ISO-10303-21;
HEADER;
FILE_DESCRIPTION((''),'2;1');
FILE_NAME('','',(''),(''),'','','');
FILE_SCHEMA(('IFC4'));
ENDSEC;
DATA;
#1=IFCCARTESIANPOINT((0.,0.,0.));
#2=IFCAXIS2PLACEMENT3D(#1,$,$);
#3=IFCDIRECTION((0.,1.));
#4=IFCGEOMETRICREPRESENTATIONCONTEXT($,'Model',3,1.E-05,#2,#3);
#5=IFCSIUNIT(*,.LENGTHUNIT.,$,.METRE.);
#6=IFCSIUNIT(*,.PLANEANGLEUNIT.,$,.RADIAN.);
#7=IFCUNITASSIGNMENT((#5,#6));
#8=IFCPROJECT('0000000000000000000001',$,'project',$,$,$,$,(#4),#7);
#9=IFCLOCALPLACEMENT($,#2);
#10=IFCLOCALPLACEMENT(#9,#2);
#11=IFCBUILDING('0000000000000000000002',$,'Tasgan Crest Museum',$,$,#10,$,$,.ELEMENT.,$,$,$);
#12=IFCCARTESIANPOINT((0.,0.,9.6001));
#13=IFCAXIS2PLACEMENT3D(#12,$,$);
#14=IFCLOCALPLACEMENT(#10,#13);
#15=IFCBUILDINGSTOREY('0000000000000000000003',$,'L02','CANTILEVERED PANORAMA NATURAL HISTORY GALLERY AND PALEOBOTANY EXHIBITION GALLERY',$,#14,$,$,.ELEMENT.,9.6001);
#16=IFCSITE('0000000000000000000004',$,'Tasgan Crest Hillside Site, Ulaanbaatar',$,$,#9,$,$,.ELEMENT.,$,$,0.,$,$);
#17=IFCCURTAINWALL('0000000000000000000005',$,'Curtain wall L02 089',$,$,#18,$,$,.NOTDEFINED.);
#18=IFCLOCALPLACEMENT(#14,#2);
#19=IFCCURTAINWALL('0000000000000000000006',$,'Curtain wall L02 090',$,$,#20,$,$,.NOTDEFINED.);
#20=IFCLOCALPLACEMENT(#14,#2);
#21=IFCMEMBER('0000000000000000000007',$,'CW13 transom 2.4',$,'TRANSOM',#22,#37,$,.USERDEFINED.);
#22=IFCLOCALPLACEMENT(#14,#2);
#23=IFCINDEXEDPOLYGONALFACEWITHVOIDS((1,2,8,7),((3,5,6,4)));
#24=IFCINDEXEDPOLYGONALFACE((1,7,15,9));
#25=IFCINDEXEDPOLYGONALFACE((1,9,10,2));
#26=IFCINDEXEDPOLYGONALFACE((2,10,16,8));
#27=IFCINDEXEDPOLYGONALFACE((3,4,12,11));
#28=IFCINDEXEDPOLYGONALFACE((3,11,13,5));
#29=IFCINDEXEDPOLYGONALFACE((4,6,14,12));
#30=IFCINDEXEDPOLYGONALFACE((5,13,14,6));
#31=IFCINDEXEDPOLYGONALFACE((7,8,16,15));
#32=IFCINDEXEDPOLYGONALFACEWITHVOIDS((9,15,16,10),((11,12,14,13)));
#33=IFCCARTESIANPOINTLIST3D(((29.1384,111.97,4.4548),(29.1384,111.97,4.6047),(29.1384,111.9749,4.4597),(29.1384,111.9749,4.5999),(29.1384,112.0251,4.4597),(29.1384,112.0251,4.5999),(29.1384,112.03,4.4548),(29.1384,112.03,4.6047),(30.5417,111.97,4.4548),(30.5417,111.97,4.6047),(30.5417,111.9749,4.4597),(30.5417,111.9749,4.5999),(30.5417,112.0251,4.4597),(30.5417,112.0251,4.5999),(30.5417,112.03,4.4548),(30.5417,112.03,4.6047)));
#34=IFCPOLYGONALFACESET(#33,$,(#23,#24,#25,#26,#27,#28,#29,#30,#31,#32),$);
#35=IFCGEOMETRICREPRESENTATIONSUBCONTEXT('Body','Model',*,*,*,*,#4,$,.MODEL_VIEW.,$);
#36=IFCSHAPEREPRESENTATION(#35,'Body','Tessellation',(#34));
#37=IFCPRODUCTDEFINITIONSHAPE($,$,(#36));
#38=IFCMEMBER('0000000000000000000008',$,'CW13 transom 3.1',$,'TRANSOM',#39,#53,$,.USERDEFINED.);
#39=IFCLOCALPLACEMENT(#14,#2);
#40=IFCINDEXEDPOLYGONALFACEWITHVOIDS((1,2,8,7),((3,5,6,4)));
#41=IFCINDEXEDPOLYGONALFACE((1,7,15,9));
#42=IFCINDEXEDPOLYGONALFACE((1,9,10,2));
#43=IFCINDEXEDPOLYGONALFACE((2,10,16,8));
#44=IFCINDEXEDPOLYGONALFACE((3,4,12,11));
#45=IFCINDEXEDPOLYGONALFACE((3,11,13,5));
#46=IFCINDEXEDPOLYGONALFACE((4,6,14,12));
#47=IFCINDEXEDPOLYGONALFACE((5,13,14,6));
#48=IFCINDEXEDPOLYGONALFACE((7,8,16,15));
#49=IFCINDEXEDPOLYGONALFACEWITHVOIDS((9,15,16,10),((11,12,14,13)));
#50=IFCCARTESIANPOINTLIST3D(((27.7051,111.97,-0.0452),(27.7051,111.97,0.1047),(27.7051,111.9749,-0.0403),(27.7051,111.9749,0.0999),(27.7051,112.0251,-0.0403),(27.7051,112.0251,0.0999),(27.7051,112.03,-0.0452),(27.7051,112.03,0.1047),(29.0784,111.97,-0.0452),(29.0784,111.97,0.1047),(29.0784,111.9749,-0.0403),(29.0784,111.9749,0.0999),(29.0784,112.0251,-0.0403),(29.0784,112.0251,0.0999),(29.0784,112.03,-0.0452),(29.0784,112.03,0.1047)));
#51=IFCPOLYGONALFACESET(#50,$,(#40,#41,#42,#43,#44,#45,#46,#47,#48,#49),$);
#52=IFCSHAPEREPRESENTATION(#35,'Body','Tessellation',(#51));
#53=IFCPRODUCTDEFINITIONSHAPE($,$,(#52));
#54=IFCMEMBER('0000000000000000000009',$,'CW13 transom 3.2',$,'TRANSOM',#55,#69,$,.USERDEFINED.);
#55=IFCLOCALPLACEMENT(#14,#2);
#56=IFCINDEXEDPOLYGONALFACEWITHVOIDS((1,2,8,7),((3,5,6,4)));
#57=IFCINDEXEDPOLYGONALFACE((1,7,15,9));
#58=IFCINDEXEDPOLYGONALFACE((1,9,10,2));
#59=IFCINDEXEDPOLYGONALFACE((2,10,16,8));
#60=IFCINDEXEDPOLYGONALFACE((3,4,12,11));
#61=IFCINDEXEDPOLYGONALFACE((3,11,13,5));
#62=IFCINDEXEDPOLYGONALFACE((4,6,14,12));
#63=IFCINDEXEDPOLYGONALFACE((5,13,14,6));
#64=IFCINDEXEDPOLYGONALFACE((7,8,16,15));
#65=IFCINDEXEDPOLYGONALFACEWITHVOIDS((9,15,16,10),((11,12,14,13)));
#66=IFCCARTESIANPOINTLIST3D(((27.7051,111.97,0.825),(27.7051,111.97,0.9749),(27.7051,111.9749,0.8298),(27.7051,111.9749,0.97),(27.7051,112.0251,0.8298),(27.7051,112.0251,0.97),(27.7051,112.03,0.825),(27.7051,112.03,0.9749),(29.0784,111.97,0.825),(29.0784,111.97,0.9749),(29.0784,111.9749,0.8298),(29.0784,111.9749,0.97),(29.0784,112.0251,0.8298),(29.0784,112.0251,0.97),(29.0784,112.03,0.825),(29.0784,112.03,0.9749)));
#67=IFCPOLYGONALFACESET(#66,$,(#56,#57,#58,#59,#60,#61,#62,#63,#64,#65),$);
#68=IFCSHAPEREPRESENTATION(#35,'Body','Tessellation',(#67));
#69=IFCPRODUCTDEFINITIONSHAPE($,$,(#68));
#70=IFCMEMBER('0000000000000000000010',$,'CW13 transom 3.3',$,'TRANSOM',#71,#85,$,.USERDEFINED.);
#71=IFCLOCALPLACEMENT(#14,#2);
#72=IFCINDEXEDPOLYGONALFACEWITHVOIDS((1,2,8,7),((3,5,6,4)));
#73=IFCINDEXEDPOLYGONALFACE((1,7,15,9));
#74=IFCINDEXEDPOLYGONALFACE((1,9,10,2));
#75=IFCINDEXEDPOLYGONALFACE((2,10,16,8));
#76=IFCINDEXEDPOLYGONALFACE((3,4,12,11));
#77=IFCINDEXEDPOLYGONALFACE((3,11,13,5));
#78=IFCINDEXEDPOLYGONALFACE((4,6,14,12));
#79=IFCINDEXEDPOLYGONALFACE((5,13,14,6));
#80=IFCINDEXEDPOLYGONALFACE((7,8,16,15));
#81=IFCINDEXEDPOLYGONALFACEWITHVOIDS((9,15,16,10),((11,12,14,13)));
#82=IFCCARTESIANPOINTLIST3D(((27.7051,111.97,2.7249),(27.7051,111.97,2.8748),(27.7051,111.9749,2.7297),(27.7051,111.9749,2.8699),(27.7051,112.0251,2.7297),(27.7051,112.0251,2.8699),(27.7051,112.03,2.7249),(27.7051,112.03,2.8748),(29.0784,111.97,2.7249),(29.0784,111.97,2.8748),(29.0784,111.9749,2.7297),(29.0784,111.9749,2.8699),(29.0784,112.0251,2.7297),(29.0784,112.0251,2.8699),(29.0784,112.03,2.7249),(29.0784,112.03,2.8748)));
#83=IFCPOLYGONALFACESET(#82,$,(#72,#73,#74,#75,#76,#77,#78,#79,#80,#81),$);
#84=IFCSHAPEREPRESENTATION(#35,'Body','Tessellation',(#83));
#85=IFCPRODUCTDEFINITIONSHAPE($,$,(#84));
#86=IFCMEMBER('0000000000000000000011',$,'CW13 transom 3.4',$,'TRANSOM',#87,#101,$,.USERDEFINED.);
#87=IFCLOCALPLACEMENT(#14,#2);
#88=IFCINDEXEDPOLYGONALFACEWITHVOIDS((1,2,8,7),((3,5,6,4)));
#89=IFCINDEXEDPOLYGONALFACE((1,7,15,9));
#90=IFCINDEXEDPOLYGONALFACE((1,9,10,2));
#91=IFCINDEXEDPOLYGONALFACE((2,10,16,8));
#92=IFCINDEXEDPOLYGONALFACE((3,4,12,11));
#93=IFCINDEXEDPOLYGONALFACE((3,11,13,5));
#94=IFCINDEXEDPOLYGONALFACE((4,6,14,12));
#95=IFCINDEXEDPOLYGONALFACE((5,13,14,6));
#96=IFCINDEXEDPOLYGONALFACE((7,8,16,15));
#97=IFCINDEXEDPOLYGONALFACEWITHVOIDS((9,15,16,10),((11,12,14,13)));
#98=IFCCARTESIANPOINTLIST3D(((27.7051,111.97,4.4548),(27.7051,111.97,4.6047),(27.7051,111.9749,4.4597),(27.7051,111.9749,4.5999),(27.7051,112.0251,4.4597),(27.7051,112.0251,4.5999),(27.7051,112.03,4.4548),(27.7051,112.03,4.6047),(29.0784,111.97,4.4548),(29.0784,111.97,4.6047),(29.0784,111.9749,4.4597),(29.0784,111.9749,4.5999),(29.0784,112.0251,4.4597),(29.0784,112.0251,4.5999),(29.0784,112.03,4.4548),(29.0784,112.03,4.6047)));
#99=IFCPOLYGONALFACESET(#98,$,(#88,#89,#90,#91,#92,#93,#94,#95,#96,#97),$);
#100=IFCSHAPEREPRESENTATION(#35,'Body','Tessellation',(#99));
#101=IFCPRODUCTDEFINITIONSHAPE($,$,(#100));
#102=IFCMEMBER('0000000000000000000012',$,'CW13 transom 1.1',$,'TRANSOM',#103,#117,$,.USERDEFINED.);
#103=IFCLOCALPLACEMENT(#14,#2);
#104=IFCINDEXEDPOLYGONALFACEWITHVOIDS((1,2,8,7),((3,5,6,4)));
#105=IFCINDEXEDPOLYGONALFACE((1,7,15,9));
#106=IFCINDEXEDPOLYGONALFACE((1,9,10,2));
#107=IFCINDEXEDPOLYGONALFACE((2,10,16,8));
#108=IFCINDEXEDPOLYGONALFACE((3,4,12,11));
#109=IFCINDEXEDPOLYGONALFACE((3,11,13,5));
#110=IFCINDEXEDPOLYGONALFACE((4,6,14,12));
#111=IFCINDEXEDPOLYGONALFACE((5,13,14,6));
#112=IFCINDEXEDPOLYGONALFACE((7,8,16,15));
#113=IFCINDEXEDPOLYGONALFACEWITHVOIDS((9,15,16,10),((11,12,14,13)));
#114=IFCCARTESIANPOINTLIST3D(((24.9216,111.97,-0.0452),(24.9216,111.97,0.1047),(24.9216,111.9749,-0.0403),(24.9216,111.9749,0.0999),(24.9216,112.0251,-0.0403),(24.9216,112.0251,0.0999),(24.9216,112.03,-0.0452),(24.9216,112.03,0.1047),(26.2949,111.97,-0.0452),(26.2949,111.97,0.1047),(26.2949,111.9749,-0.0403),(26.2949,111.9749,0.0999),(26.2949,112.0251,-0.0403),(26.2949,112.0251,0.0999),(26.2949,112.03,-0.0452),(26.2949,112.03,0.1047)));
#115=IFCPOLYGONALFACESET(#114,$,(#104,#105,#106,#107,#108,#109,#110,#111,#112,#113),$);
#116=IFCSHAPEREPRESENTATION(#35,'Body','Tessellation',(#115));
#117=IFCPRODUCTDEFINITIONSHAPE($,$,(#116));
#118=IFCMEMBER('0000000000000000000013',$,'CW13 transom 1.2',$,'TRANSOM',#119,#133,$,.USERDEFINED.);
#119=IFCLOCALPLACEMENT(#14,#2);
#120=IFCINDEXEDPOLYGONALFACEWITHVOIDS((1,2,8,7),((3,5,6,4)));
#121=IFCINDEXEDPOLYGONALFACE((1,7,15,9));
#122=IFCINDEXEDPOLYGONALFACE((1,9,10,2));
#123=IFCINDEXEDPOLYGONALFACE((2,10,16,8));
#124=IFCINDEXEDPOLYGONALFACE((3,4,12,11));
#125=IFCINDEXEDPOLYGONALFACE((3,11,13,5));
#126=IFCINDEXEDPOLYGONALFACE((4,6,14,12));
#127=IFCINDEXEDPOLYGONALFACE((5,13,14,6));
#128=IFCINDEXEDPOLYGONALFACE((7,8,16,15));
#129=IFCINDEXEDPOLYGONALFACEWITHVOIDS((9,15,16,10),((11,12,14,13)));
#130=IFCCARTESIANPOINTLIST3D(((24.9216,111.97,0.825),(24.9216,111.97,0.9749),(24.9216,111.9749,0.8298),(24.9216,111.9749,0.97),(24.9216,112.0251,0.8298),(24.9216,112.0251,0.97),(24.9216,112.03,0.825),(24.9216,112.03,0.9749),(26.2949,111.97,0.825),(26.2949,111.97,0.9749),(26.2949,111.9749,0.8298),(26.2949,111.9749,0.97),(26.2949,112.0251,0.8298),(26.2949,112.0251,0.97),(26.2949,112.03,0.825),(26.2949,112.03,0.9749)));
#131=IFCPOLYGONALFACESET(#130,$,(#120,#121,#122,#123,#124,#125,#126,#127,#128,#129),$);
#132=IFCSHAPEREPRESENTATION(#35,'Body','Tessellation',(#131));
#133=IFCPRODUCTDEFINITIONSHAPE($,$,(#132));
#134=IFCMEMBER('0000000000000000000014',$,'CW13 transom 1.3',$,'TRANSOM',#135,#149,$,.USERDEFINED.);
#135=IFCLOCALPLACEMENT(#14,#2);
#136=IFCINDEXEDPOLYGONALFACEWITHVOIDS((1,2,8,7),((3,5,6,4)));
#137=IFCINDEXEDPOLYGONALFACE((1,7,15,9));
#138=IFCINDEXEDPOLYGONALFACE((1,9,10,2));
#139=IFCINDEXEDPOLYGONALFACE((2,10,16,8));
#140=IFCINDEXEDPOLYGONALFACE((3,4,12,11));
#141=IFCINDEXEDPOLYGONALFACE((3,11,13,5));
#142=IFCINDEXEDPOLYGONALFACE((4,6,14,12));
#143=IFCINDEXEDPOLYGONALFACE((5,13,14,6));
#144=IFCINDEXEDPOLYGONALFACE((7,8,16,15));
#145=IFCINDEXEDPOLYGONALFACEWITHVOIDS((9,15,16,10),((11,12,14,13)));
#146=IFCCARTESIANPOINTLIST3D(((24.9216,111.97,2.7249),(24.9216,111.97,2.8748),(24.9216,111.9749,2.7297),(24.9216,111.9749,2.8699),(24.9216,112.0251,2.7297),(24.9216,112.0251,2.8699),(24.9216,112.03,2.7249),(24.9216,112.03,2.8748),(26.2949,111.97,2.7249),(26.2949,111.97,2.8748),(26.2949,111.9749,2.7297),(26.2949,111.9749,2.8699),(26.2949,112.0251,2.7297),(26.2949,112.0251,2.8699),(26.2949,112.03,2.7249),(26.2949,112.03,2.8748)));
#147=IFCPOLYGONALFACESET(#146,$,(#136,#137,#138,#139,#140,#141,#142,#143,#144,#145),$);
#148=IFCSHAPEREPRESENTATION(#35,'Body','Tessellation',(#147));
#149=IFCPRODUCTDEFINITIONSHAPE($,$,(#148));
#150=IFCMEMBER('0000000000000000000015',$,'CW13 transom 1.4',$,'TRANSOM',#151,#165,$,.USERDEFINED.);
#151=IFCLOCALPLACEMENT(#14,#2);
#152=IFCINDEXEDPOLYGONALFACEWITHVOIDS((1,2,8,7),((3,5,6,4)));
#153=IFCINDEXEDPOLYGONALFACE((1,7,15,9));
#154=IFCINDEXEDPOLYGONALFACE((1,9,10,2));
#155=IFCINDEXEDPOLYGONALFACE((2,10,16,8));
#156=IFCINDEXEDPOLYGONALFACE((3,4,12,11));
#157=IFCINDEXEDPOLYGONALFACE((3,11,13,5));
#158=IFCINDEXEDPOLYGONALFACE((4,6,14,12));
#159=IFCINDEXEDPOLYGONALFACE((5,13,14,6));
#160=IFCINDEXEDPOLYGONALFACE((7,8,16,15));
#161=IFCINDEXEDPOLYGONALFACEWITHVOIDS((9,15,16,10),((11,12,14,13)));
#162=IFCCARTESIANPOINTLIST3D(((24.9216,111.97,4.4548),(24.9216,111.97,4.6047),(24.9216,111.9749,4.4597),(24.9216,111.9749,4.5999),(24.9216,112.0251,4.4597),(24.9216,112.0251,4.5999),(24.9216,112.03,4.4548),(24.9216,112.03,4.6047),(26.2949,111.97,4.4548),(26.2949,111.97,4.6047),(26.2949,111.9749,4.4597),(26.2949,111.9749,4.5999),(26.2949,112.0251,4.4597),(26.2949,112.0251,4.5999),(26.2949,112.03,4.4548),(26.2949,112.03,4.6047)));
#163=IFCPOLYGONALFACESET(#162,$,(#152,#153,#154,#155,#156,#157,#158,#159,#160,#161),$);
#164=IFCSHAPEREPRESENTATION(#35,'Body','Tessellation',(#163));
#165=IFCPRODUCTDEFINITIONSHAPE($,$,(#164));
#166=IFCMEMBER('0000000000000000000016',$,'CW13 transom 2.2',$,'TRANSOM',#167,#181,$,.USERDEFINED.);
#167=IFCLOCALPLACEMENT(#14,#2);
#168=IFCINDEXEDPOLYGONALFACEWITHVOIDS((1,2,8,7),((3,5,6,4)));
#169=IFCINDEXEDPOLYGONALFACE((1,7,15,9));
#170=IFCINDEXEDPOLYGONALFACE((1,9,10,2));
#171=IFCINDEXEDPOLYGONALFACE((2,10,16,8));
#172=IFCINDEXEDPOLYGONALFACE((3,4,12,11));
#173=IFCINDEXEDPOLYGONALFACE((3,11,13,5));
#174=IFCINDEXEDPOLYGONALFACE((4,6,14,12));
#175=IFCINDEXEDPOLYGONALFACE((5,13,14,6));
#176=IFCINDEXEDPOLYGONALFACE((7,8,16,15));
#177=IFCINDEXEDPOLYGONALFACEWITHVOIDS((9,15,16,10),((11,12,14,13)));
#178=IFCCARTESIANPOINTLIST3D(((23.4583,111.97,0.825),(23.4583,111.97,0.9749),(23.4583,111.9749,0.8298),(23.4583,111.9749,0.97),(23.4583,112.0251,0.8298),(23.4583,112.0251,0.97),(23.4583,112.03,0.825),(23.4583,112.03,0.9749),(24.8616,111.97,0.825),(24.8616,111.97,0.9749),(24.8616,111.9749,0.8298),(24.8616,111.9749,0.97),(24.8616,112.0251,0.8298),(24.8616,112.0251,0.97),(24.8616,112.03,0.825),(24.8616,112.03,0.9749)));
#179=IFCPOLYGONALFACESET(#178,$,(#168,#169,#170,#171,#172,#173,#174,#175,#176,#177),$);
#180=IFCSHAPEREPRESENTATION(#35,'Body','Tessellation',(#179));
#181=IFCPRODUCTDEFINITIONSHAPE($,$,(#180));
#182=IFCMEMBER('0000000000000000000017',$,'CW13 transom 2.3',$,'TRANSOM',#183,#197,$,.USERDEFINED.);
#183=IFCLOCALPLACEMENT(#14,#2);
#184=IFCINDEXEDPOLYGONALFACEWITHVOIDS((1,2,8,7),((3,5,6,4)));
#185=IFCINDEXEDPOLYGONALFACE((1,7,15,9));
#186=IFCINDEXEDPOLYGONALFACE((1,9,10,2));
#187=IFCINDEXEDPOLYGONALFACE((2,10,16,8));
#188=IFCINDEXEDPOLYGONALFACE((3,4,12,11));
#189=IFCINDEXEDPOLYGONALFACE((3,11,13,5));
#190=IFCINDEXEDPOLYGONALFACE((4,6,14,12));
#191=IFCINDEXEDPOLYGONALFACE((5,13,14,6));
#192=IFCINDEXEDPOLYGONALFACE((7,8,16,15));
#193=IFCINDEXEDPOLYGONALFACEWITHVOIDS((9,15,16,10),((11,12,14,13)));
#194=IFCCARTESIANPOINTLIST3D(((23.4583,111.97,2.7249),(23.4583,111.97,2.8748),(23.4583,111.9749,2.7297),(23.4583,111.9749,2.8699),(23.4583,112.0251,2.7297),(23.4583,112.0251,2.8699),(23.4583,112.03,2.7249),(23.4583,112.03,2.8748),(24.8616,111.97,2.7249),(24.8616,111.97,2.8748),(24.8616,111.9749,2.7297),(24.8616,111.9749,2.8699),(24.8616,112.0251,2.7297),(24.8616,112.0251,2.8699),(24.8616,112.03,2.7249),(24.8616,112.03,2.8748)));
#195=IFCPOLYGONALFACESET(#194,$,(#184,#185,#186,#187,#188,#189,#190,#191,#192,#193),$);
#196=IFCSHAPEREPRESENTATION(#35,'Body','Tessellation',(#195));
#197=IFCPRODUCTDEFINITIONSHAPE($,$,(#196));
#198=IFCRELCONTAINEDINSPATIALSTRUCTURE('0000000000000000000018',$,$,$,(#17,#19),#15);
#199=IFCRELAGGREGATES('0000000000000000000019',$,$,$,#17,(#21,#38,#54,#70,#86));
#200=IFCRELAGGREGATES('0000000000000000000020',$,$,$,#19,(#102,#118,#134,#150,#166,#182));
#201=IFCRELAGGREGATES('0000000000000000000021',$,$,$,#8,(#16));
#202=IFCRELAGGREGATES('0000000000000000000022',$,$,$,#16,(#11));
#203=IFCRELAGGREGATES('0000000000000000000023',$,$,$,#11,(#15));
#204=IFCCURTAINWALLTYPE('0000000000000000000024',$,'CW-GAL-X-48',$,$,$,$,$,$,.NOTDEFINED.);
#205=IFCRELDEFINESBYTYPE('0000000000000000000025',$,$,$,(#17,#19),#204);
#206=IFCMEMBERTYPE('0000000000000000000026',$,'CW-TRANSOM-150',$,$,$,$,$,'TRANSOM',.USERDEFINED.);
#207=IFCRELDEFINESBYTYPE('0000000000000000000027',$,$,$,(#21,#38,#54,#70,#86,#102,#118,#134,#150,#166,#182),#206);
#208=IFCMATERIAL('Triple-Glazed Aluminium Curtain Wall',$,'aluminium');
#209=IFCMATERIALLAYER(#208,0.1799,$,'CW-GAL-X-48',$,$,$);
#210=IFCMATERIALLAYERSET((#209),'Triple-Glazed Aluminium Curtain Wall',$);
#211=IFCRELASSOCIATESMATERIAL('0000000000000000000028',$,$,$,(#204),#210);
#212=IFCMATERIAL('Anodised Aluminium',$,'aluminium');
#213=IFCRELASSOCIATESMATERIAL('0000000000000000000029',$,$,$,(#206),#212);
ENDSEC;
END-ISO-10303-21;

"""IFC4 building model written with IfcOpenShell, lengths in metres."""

from ifc_helpers import new_model, si_unit, direction, frame, origin, origin_2d, place, context, subcontext, project, spatial, hollow_rectangle, extrude, material, layer, layer_set, material_profile, profile_set, type_object, element, aggregate, save


model = new_model("IFC4")

# Units and contexts
model_context = context("Model", 3, precision=1e-05, world=origin(), true_north=direction((0.0, 1.0)))
body_context = subcontext(model_context, "Body", "Model", "MODEL_VIEW")
ifc_project = project(units=[si_unit("LENGTHUNIT", "METRE"), si_unit("PLANEANGLEUNIT", "RADIAN")], contexts=[model_context])

# Site, building, storey
site_placement = place(None, origin())
site = spatial("IfcSite", under=ifc_project, at=site_placement, Name="Tasgan Crest Hillside Site, Ulaanbaatar", CompositionType="ELEMENT", RefElevation=0.0)
building_placement = place(site_placement, origin())
building = spatial("IfcBuilding", under=site, at=building_placement, Name="Tasgan Crest Museum", CompositionType="ELEMENT")
storey_placement = place(building_placement, frame((0.0, 0.0, 9.6001)))
storey = spatial("IfcBuildingStorey", under=building, at=storey_placement, Name="L02", Description="CANTILEVERED PANORAMA NATURAL HISTORY GALLERY AND PALEOBOTANY EXHIBITION GALLERY", CompositionType="ELEMENT", Elevation=9.6001)

# Curtain walls
ifc_material_1 = material(Name="Triple-Glazed Aluminium Curtain Wall", Category="aluminium")
ifc_layer_1 = layer(ifc_material_1, 0.1799, Name="CW-GAL-X-48")
ifc_layer_set_1 = layer_set([ifc_layer_1], Name="Triple-Glazed Aluminium Curtain Wall")
curtain_wall_type = type_object("IfcCurtainWallType", Name="CW-GAL-X-48", PredefinedType="NOTDEFINED", material=ifc_layer_set_1)
curtain_wall_1_placement = place(storey_placement, origin())
curtain_wall_1 = element("IfcCurtainWall", 1, at=curtain_wall_1_placement, inside=storey, type_object=curtain_wall_type, Name="Curtain wall L02 089", PredefinedType="NOTDEFINED")
curtain_wall_2_placement = place(storey_placement, origin())
curtain_wall_2 = element("IfcCurtainWall", 2, at=curtain_wall_2_placement, inside=storey, type_object=curtain_wall_type, Name="Curtain wall L02 090", PredefinedType="NOTDEFINED")

# Members
ifc_material_2 = material(Name="Anodised Aluminium", Category="aluminium")
ifc_material_profile_1 = material_profile(ifc_material_2, hollow_rectangle(XDim=0.0601, YDim=0.1499, WallThickness=0.0049, at=origin_2d()), Name="ALU TRANSOM 150x60x5")
ifc_profile_set_1 = profile_set([ifc_material_profile_1], Name="Anodised Aluminium")
member_type_1 = type_object("IfcMemberType", Name="CW-TRANSOM-150", ElementType="TRANSOM", PredefinedType="USERDEFINED", material=ifc_profile_set_1)
member_1_placement = place(storey_placement, frame((30.5417, 112.0, 4.5298), z_axis=(-1.0, 0.0, 0.0), x_axis=(0.0, -1.0, 0.0)))
member_1 = element("IfcMember", 3, at=member_1_placement, type_object=member_type_1, Name="CW13 transom 2.4", ObjectType="TRANSOM", PredefinedType="USERDEFINED", context=body_context, shape_type="SweptSolid", body=[
    extrude(hollow_rectangle(XDim=0.0601, YDim=0.1499, WallThickness=0.0049, at=origin_2d()), origin(), (0.0, 0.0, 1.0), 1.4033),
])
member_2_placement = place(storey_placement, frame((29.0784, 112.0, 0.0298), z_axis=(-1.0, 0.0, 0.0), x_axis=(0.0, -1.0, 0.0)))
member_2 = element("IfcMember", 4, at=member_2_placement, type_object=member_type_1, Name="CW13 transom 3.1", ObjectType="TRANSOM", PredefinedType="USERDEFINED", context=body_context, shape_type="SweptSolid", body=[
    extrude(hollow_rectangle(XDim=0.0601, YDim=0.1499, WallThickness=0.0049, at=origin_2d()), origin(), (0.0, 0.0, 1.0), 1.3733),
])
member_3_placement = place(storey_placement, frame((29.0784, 112.0, 0.8999), z_axis=(-1.0, 0.0, 0.0), x_axis=(0.0, -1.0, 0.0)))
member_3 = element("IfcMember", 5, at=member_3_placement, type_object=member_type_1, Name="CW13 transom 3.2", ObjectType="TRANSOM", PredefinedType="USERDEFINED", context=body_context, shape_type="SweptSolid", body=[
    extrude(hollow_rectangle(XDim=0.0601, YDim=0.1499, WallThickness=0.0049, at=origin_2d()), origin(), (0.0, 0.0, 1.0), 1.3733),
])
member_4_placement = place(storey_placement, frame((29.0784, 112.0, 2.7998), z_axis=(-1.0, 0.0, 0.0), x_axis=(0.0, -1.0, 0.0)))
member_4 = element("IfcMember", 6, at=member_4_placement, type_object=member_type_1, Name="CW13 transom 3.3", ObjectType="TRANSOM", PredefinedType="USERDEFINED", context=body_context, shape_type="SweptSolid", body=[
    extrude(hollow_rectangle(XDim=0.0601, YDim=0.1499, WallThickness=0.0049, at=origin_2d()), origin(), (0.0, 0.0, 1.0), 1.3733),
])
member_5_placement = place(storey_placement, frame((29.0784, 112.0, 4.5298), z_axis=(-1.0, 0.0, 0.0), x_axis=(0.0, -1.0, 0.0)))
member_5 = element("IfcMember", 7, at=member_5_placement, type_object=member_type_1, Name="CW13 transom 3.4", ObjectType="TRANSOM", PredefinedType="USERDEFINED", context=body_context, shape_type="SweptSolid", body=[
    extrude(hollow_rectangle(XDim=0.0601, YDim=0.1499, WallThickness=0.0049, at=origin_2d()), origin(), (0.0, 0.0, 1.0), 1.3733),
])
member_6_placement = place(storey_placement, frame((26.2949, 112.0, 0.0298), z_axis=(-1.0, 0.0, 0.0), x_axis=(0.0, -1.0, 0.0)))
member_6 = element("IfcMember", 8, at=member_6_placement, type_object=member_type_1, Name="CW13 transom 1.1", ObjectType="TRANSOM", PredefinedType="USERDEFINED", context=body_context, shape_type="SweptSolid", body=[
    extrude(hollow_rectangle(XDim=0.0601, YDim=0.1499, WallThickness=0.0049, at=origin_2d()), origin(), (0.0, 0.0, 1.0), 1.3733),
])
member_7_placement = place(storey_placement, frame((26.2949, 112.0, 0.8999), z_axis=(-1.0, 0.0, 0.0), x_axis=(0.0, -1.0, 0.0)))
member_7 = element("IfcMember", 9, at=member_7_placement, type_object=member_type_1, Name="CW13 transom 1.2", ObjectType="TRANSOM", PredefinedType="USERDEFINED", context=body_context, shape_type="SweptSolid", body=[
    extrude(hollow_rectangle(XDim=0.0601, YDim=0.1499, WallThickness=0.0049, at=origin_2d()), origin(), (0.0, 0.0, 1.0), 1.3733),
])
member_8_placement = place(storey_placement, frame((26.2949, 112.0, 2.7998), z_axis=(-1.0, 0.0, 0.0), x_axis=(0.0, -1.0, 0.0)))
member_8 = element("IfcMember", 10, at=member_8_placement, type_object=member_type_1, Name="CW13 transom 1.3", ObjectType="TRANSOM", PredefinedType="USERDEFINED", context=body_context, shape_type="SweptSolid", body=[
    extrude(hollow_rectangle(XDim=0.0601, YDim=0.1499, WallThickness=0.0049, at=origin_2d()), origin(), (0.0, 0.0, 1.0), 1.3733),
])
member_9_placement = place(storey_placement, frame((26.2949, 112.0, 4.5298), z_axis=(-1.0, 0.0, 0.0), x_axis=(0.0, -1.0, 0.0)))
member_9 = element("IfcMember", 11, at=member_9_placement, type_object=member_type_1, Name="CW13 transom 1.4", ObjectType="TRANSOM", PredefinedType="USERDEFINED", context=body_context, shape_type="SweptSolid", body=[
    extrude(hollow_rectangle(XDim=0.0601, YDim=0.1499, WallThickness=0.0049, at=origin_2d()), origin(), (0.0, 0.0, 1.0), 1.3733),
])
member_10_placement = place(storey_placement, frame((24.8616, 112.0, 0.8999), z_axis=(-1.0, 0.0, 0.0), x_axis=(0.0, -1.0, 0.0)))
member_10 = element("IfcMember", 12, at=member_10_placement, type_object=member_type_1, Name="CW13 transom 2.2", ObjectType="TRANSOM", PredefinedType="USERDEFINED", context=body_context, shape_type="SweptSolid", body=[
    extrude(hollow_rectangle(XDim=0.0601, YDim=0.1499, WallThickness=0.0049, at=origin_2d()), origin(), (0.0, 0.0, 1.0), 1.4033),
])
member_11_placement = place(storey_placement, frame((24.8616, 112.0, 2.7998), z_axis=(-1.0, 0.0, 0.0), x_axis=(0.0, -1.0, 0.0)))
member_11 = element("IfcMember", 13, at=member_11_placement, type_object=member_type_1, Name="CW13 transom 2.3", ObjectType="TRANSOM", PredefinedType="USERDEFINED", context=body_context, shape_type="SweptSolid", body=[
    extrude(hollow_rectangle(XDim=0.0601, YDim=0.1499, WallThickness=0.0049, at=origin_2d()), origin(), (0.0, 0.0, 1.0), 1.4033),
])

aggregate(curtain_wall_1, [member_1, member_2, member_3, member_4, member_5])
aggregate(curtain_wall_2, [member_6, member_7, member_8, member_9, member_10, member_11])

save(model, "model.ifc")
